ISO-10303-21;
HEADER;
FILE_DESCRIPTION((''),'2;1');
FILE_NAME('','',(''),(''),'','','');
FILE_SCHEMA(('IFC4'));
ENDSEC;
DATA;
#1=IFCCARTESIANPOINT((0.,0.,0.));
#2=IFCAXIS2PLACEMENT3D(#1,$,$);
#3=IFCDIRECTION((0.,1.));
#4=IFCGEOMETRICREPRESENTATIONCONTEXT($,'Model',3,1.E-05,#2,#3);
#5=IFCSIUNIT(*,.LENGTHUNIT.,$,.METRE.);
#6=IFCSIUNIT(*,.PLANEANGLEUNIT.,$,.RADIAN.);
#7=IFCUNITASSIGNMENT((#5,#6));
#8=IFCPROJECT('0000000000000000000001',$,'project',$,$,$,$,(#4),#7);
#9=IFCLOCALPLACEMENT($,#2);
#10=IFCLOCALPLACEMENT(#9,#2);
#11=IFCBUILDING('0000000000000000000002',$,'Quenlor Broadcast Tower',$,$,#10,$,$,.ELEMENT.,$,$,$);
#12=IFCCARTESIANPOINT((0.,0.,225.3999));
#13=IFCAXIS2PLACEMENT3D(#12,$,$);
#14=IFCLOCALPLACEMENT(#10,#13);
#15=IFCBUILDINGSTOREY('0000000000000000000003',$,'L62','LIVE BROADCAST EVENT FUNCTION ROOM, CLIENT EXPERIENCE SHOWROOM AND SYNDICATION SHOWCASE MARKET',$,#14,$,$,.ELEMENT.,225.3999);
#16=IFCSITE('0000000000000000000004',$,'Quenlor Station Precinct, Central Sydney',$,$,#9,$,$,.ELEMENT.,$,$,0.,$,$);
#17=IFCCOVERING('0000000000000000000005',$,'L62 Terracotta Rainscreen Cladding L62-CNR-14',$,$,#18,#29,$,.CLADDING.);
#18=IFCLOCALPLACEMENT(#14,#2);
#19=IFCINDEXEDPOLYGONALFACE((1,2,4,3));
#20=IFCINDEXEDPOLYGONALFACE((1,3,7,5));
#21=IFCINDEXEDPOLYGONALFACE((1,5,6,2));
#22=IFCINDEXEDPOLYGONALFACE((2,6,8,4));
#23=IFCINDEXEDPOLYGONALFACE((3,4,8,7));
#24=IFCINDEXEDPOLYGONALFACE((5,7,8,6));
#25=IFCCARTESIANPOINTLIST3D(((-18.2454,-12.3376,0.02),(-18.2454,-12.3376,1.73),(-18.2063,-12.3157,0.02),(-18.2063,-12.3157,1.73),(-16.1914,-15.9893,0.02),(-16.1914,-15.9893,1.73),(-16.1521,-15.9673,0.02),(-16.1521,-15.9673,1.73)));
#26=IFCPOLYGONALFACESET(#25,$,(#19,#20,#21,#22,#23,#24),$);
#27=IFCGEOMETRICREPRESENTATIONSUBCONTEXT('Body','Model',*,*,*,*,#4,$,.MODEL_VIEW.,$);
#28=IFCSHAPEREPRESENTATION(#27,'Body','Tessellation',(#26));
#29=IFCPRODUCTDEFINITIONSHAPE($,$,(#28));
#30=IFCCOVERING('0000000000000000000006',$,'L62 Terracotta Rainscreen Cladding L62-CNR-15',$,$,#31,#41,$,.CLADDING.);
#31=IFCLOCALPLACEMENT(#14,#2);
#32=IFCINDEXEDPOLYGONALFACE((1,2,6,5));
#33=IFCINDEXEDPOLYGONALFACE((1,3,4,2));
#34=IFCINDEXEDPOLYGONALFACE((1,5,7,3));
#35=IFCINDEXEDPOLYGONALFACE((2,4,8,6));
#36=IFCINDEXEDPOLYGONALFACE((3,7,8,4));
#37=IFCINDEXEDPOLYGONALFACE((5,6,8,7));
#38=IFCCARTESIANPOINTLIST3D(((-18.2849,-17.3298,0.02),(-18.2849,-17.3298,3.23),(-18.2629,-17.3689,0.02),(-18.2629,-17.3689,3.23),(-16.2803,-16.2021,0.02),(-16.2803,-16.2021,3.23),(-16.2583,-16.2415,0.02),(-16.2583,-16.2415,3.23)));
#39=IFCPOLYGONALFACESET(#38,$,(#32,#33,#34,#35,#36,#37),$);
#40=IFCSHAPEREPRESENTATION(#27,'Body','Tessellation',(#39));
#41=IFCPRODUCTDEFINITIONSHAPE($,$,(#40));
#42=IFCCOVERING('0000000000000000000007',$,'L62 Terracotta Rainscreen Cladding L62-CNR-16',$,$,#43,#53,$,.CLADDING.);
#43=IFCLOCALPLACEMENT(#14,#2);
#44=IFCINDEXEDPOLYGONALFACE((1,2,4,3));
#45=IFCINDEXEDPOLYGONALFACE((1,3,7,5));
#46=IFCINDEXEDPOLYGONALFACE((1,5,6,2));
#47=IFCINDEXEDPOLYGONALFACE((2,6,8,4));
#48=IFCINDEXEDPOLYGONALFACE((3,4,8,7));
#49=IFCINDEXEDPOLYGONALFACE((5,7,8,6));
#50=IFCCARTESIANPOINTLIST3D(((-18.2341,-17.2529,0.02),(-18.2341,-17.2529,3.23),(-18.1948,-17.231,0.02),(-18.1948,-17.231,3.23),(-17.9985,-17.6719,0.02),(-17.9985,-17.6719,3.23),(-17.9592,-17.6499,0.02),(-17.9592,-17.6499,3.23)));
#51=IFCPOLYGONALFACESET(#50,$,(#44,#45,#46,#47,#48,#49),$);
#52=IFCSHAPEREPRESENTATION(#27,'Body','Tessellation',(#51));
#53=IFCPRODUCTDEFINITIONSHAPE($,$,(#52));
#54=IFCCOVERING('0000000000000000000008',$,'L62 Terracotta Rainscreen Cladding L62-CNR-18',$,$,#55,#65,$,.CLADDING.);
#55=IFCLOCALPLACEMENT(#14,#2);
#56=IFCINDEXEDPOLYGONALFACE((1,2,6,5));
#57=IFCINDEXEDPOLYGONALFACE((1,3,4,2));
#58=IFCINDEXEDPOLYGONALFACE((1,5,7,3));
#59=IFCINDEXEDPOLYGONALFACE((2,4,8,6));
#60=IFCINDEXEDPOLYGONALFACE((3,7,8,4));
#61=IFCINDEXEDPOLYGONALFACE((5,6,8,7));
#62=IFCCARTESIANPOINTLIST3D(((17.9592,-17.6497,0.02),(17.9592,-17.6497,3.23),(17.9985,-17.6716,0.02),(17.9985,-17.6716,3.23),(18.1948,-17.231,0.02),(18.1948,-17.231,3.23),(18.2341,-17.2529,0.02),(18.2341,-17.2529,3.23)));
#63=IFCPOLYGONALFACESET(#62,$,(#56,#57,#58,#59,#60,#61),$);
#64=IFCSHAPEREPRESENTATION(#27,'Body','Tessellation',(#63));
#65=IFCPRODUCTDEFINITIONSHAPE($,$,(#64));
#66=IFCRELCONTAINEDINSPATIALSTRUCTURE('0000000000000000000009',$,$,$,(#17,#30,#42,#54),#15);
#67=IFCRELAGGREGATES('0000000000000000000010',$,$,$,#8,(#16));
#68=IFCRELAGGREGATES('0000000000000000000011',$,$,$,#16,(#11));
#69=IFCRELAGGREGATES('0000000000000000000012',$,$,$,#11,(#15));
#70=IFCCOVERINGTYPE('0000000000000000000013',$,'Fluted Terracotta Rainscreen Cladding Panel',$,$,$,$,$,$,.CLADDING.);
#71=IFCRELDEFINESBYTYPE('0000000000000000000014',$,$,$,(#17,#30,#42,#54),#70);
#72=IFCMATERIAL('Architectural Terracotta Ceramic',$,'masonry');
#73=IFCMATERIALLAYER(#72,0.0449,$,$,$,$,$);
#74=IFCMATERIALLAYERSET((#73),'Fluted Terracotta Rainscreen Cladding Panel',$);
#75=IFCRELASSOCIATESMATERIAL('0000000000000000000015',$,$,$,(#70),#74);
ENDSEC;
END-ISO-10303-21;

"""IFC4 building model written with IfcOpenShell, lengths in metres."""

from ifc_helpers import new_model, si_unit, direction, frame, origin, place, context, subcontext, project, spatial, polyline, outline, extrude, material, layer, layer_set, type_object, element, save


model = new_model("IFC4")

# Units and contexts
model_context = context("Model", 3, precision=1e-05, world=origin(), true_north=direction((0.0, 1.0)))
body_context = subcontext(model_context, "Body", "Model", "MODEL_VIEW")
ifc_project = project(units=[si_unit("LENGTHUNIT", "METRE"), si_unit("PLANEANGLEUNIT", "RADIAN")], contexts=[model_context])

# Site, building, storey
site_placement = place(None, origin())
site = spatial("IfcSite", under=ifc_project, at=site_placement, Name="Quenlor Station Precinct, Central Sydney", CompositionType="ELEMENT", RefElevation=0.0)
building_placement = place(site_placement, origin())
building = spatial("IfcBuilding", under=site, at=building_placement, Name="Quenlor Broadcast Tower", CompositionType="ELEMENT")
storey_placement = place(building_placement, frame((0.0, 0.0, 225.3999)))
storey = spatial("IfcBuildingStorey", under=building, at=storey_placement, Name="L62", Description="LIVE BROADCAST EVENT FUNCTION ROOM, CLIENT EXPERIENCE SHOWROOM AND SYNDICATION SHOWCASE MARKET", CompositionType="ELEMENT", Elevation=225.3999)

# Coverings
ifc_material_1 = material(Name="Architectural Terracotta Ceramic", Category="masonry")
ifc_layer_1 = layer(ifc_material_1, 0.0449)
ifc_layer_set_1 = layer_set([ifc_layer_1], Name="Fluted Terracotta Rainscreen Cladding Panel")
covering_type = type_object("IfcCoveringType", Name="Fluted Terracotta Rainscreen Cladding Panel", PredefinedType="CLADDING", material=ifc_layer_set_1)
covering_1_placement = place(storey_placement, frame((0.0, 0.0, 0.02)))
element("IfcCovering", 1, at=covering_1_placement, inside=storey, type_object=covering_type, Name="L62 Terracotta Rainscreen Cladding L62-CNR-14", PredefinedType="CLADDING", context=body_context, shape_type="SweptSolid", body=[
    extrude(outline(polyline([(-18.2454, -12.3376), (-16.1914, -15.9893), (-16.1521, -15.9673), (-18.2063, -12.3157), (-18.2454, -12.3376)])), origin(), (0.0, 0.0, 1.0), 1.71),
])
covering_2_placement = place(storey_placement, frame((0.0, 0.0, 0.02)))
element("IfcCovering", 2, at=covering_2_placement, inside=storey, type_object=covering_type, Name="L62 Terracotta Rainscreen Cladding L62-CNR-15", PredefinedType="CLADDING", context=body_context, shape_type="SweptSolid", body=[
    extrude(outline(polyline([(-16.2803, -16.2021), (-18.2849, -17.3298), (-18.2629, -17.3689), (-16.2583, -16.2415), (-16.2803, -16.2021)])), origin(), (0.0, 0.0, 1.0), 3.21),
])
covering_3_placement = place(storey_placement, frame((0.0, 0.0, 0.02)))
element("IfcCovering", 3, at=covering_3_placement, inside=storey, type_object=covering_type, Name="L62 Terracotta Rainscreen Cladding L62-CNR-16", PredefinedType="CLADDING", context=body_context, shape_type="SweptSolid", body=[
    extrude(outline(polyline([(-18.2341, -17.2529), (-17.9985, -17.6719), (-17.9592, -17.6499), (-18.1948, -17.231), (-18.2341, -17.2529)])), origin(), (0.0, 0.0, 1.0), 3.21),
])
covering_4_placement = place(storey_placement, frame((0.0, 0.0, 0.02)))
element("IfcCovering", 4, at=covering_4_placement, inside=storey, type_object=covering_type, Name="L62 Terracotta Rainscreen Cladding L62-CNR-18", PredefinedType="CLADDING", context=body_context, shape_type="SweptSolid", body=[
    extrude(outline(polyline([(17.9985, -17.6716), (18.2341, -17.2529), (18.1948, -17.231), (17.9592, -17.6497), (17.9985, -17.6716)])), origin(), (0.0, 0.0, 1.0), 3.21),
])

save(model, "model.ifc")
